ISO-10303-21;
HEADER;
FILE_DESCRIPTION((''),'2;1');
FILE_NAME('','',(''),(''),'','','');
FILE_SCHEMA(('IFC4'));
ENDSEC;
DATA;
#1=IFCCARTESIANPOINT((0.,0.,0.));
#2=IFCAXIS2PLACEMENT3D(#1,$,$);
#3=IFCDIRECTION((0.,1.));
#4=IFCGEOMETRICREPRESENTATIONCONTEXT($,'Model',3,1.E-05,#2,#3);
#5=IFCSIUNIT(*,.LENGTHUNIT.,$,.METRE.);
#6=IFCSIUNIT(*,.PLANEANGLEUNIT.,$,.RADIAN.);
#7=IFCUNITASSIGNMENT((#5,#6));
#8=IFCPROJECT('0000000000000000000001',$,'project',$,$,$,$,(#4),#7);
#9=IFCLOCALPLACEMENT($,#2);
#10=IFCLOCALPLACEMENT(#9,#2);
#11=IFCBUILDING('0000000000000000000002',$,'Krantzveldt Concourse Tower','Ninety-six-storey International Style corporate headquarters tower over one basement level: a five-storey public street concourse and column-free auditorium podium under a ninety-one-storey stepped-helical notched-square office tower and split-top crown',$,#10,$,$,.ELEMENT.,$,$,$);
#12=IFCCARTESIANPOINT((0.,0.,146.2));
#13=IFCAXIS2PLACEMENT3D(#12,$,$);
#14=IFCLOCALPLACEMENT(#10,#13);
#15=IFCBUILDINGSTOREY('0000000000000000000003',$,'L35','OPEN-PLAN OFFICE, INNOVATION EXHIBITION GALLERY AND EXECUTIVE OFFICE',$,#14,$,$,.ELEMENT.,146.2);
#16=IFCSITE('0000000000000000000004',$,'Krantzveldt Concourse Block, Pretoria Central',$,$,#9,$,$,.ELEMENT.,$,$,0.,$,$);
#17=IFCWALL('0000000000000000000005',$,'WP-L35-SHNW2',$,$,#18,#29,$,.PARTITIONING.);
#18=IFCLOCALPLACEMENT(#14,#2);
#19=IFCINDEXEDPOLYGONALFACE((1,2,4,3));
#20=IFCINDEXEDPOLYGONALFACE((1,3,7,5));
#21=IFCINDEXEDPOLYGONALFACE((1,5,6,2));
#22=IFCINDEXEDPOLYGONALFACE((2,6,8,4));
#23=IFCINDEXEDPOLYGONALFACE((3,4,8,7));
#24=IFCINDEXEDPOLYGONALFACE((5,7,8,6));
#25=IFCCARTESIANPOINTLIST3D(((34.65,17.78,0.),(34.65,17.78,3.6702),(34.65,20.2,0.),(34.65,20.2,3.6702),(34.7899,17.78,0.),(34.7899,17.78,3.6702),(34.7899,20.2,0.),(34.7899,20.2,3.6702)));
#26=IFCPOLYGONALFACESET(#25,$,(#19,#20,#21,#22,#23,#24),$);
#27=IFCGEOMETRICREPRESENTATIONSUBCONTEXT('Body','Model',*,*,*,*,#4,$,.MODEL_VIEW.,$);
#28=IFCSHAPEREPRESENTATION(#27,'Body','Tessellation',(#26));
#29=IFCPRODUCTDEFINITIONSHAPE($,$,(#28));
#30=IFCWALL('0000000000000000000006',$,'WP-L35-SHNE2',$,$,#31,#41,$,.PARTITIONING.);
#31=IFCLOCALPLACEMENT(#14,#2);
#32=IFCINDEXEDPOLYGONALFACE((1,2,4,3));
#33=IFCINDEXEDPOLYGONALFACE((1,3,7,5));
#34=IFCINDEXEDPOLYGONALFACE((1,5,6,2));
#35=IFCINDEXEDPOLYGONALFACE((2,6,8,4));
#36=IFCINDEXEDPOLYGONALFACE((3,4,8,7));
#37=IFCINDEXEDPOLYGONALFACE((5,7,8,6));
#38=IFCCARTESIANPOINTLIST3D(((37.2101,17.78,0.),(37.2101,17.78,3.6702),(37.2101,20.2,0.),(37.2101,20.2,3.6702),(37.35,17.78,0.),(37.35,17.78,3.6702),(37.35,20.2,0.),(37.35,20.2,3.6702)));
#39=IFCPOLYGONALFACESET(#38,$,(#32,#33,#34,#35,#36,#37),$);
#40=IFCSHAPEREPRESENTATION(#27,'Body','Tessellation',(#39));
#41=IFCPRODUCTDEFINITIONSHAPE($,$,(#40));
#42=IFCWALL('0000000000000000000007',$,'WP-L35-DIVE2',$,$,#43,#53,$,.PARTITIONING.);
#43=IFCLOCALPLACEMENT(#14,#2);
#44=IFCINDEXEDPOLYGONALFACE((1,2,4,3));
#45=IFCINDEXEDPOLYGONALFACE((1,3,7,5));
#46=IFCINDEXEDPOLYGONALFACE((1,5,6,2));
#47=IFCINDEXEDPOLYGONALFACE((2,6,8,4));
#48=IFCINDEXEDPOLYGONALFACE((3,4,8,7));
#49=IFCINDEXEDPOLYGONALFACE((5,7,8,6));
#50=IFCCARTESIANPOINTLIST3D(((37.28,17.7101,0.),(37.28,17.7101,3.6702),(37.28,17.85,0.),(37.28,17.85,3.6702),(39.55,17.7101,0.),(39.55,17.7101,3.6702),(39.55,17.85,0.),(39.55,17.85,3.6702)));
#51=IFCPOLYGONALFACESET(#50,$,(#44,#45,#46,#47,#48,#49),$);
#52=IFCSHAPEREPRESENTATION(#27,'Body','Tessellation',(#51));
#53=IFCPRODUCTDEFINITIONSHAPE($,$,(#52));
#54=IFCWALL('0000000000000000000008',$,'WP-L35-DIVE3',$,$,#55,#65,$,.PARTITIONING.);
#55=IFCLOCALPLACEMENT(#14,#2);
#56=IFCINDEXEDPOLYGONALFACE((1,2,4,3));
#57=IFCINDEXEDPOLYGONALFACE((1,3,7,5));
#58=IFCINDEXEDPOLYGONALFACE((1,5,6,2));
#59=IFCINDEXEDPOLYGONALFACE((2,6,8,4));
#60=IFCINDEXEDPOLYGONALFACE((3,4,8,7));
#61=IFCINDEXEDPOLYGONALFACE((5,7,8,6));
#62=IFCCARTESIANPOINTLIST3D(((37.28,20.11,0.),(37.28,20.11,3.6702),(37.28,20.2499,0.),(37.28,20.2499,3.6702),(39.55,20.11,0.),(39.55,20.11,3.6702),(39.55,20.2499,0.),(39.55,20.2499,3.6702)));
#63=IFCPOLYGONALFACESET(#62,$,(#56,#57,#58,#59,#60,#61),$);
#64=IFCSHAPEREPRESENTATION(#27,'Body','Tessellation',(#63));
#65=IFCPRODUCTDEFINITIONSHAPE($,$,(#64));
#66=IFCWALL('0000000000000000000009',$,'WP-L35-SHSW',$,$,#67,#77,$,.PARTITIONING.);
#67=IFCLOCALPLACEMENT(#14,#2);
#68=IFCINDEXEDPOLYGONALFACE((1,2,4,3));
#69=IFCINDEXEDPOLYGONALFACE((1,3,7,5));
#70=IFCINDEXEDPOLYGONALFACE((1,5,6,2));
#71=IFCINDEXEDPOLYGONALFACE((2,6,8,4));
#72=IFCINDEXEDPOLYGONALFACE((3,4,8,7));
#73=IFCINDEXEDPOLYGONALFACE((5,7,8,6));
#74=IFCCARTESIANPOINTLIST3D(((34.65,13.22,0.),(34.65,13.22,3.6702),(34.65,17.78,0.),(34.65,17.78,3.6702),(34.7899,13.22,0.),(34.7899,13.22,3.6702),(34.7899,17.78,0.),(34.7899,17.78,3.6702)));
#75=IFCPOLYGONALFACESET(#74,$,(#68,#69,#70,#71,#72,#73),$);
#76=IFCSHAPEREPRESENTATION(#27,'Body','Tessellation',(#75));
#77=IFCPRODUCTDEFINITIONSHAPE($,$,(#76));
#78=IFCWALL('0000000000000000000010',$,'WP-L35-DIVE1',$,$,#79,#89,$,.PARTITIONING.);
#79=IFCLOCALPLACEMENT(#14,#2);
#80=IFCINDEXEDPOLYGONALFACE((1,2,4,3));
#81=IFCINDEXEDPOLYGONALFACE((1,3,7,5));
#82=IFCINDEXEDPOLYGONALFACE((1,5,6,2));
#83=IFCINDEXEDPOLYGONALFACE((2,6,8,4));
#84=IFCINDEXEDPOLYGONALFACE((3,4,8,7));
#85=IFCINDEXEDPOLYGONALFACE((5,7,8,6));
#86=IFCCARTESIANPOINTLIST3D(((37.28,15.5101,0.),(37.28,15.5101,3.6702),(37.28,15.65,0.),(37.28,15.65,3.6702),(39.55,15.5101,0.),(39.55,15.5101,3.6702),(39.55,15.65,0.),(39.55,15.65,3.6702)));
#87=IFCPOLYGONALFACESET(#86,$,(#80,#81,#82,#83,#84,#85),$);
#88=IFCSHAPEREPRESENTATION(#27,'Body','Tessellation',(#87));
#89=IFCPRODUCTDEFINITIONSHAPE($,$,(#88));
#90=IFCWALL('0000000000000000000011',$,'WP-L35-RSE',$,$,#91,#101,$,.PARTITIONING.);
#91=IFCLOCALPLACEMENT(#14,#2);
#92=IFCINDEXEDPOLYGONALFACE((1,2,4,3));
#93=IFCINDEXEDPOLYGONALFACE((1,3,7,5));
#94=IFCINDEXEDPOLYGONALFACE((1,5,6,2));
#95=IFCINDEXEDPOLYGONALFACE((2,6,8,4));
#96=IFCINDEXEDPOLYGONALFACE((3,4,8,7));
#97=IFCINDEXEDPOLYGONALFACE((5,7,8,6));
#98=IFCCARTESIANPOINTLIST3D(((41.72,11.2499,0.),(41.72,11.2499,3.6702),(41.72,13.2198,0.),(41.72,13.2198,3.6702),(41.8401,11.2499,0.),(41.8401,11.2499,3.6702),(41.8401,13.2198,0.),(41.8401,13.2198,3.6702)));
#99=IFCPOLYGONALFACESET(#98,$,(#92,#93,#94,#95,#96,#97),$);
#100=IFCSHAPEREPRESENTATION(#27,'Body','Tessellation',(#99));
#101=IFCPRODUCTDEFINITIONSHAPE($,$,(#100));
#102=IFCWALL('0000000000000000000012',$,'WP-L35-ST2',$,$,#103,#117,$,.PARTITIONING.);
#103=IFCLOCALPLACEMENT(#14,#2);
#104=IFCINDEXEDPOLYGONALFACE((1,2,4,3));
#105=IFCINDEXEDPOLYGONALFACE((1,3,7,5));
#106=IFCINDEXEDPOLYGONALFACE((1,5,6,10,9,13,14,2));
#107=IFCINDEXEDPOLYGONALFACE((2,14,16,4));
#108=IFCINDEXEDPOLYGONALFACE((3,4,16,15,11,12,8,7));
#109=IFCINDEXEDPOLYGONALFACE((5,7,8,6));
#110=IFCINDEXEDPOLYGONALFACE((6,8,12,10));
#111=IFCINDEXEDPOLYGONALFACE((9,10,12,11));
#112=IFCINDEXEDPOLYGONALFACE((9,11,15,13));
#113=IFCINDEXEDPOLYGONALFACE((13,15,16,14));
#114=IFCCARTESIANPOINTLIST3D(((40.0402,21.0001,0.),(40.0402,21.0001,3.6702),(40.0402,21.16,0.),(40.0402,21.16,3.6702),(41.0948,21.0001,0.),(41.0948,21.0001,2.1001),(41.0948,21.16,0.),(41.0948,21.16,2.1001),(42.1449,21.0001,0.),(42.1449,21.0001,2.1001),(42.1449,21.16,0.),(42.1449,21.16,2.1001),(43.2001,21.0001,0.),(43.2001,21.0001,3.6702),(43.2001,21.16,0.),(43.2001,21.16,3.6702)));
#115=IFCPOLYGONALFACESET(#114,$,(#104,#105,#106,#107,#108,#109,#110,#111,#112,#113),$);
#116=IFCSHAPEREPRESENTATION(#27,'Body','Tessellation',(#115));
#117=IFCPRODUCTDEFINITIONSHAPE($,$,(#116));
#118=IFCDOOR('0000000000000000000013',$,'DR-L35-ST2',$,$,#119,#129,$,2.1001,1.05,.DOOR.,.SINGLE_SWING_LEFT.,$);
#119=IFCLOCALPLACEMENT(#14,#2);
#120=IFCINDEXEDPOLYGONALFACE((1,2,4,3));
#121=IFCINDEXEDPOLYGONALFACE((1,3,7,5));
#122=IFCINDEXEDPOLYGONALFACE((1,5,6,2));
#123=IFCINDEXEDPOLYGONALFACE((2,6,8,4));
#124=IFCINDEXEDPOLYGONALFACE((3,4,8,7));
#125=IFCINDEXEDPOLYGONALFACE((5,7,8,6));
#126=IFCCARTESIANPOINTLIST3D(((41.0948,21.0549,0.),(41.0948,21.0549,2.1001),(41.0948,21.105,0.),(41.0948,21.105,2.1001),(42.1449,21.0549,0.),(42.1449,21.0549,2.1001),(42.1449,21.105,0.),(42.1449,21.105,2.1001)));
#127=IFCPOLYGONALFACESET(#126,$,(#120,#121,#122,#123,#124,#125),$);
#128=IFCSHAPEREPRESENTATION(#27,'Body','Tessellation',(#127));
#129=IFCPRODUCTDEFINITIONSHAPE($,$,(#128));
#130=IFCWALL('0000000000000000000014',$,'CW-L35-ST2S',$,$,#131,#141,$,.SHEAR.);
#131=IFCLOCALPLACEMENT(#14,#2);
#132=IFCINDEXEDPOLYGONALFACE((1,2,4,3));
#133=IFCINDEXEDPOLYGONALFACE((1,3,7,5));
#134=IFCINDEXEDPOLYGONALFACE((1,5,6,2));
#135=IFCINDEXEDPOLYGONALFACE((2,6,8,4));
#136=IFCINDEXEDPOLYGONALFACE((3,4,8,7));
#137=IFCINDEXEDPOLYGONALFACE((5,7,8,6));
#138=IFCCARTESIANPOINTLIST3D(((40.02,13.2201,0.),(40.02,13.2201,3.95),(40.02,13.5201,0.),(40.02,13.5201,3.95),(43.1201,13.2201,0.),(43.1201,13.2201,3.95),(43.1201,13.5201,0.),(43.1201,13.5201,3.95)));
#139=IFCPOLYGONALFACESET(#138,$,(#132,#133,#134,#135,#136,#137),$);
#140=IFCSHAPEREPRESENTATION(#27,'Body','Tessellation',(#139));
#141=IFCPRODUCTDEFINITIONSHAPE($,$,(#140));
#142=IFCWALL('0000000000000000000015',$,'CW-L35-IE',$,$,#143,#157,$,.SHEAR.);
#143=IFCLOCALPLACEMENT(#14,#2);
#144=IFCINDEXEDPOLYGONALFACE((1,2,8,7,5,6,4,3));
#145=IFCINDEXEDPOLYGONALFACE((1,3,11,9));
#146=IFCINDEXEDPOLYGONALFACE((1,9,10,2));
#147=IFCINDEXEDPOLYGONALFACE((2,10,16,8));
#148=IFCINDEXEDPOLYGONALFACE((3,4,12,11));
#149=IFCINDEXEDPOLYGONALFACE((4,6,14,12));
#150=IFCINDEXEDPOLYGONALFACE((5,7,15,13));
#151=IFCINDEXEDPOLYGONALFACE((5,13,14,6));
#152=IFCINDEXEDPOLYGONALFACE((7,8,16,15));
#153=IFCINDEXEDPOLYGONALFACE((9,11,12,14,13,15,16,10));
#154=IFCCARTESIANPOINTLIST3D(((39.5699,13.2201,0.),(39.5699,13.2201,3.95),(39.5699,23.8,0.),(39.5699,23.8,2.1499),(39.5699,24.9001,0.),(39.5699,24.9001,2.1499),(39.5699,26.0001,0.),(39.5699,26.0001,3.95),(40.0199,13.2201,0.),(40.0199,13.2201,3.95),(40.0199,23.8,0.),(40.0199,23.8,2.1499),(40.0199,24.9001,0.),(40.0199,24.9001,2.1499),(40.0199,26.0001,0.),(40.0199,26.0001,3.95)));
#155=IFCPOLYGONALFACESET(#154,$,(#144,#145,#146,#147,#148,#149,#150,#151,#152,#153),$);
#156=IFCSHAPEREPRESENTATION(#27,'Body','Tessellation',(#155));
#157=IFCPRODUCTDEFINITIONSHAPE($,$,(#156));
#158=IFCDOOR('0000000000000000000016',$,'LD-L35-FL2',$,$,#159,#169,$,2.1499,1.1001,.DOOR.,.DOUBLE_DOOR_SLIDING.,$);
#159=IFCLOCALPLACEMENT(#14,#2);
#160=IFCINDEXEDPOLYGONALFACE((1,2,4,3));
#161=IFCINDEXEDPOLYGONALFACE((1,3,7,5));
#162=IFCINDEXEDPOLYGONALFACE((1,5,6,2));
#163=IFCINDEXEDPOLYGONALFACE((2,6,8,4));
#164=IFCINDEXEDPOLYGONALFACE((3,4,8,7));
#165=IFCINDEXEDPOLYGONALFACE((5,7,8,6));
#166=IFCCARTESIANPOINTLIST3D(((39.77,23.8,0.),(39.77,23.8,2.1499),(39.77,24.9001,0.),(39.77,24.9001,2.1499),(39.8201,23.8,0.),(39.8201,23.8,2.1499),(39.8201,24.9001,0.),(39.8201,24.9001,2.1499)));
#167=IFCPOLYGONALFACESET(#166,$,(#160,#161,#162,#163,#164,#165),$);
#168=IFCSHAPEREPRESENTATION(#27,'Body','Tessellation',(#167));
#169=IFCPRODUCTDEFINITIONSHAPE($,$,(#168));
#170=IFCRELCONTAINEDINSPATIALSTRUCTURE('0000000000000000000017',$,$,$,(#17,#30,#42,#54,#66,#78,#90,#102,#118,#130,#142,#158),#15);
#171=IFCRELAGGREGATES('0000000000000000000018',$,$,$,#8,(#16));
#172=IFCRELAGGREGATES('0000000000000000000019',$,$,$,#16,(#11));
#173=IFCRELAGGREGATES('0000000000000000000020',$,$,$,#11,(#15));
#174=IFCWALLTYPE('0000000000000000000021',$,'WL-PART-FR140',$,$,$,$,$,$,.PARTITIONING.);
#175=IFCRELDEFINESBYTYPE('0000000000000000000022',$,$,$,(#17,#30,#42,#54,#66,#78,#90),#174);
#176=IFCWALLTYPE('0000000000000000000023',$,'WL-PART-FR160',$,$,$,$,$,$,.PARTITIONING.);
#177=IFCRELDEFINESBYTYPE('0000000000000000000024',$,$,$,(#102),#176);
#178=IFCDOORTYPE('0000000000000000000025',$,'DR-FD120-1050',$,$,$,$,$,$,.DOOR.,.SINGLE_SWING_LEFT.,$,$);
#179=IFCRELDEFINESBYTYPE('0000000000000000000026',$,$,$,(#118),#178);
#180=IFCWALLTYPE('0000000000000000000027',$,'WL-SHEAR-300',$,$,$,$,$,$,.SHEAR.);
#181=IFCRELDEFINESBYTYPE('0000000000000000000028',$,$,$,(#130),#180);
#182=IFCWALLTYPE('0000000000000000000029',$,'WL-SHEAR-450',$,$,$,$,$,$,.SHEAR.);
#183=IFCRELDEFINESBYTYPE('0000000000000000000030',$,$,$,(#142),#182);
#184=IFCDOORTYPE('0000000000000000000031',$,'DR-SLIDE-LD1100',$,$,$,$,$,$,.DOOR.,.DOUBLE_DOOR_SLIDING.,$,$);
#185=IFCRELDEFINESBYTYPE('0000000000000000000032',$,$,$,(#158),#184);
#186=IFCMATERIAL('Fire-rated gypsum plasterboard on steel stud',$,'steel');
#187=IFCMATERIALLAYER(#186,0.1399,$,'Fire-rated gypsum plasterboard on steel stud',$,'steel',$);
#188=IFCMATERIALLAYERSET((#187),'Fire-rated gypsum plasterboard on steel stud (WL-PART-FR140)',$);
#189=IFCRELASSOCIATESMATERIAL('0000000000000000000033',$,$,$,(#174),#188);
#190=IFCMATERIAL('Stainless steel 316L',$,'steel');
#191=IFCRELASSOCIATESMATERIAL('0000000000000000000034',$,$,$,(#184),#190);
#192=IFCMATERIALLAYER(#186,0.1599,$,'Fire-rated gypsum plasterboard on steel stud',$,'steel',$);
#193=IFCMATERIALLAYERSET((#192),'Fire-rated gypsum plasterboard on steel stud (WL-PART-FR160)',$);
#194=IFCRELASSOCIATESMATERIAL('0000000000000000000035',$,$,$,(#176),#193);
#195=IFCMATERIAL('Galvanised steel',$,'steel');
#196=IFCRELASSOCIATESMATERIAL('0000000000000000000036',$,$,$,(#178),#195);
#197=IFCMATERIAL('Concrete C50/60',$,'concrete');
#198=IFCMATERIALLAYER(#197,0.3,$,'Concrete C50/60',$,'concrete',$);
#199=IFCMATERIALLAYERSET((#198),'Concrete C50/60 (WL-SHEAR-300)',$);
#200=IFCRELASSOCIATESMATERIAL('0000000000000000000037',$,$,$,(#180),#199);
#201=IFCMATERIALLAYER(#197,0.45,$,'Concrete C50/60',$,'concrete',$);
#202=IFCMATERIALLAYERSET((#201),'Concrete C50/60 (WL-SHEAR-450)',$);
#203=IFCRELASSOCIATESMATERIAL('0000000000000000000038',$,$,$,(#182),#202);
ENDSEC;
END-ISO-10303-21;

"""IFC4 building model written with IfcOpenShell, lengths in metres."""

from ifc_helpers import new_model, si_unit, direction, frame, frame_2d, origin, place, context, subcontext, project, spatial, rectangle, extrude, material, layer, layer_set, type_object, element, fill, save


model = new_model("IFC4")

# Units and contexts
model_context = context("Model", 3, precision=1e-05, world=origin(), true_north=direction((0.0, 1.0)))
body_context = subcontext(model_context, "Body", "Model", "MODEL_VIEW")
ifc_project = project(units=[si_unit("LENGTHUNIT", "METRE"), si_unit("PLANEANGLEUNIT", "RADIAN")], contexts=[model_context])

# Site, building, storey
site_placement = place(None, origin())
site = spatial("IfcSite", under=ifc_project, at=site_placement, Name="Krantzveldt Concourse Block, Pretoria Central", CompositionType="ELEMENT", RefElevation=0.0)
building_placement = place(site_placement, origin())
building = spatial("IfcBuilding", under=site, at=building_placement, Name="Krantzveldt Concourse Tower", Description="Ninety-six-storey International Style corporate headquarters tower over one basement level: a five-storey public street concourse and column-free auditorium podium under a ninety-one-storey stepped-helical notched-square office tower and split-top crown", CompositionType="ELEMENT")
storey_placement = place(building_placement, frame((0.0, 0.0, 146.2)))
storey = spatial("IfcBuildingStorey", under=building, at=storey_placement, Name="L35", Description="OPEN-PLAN OFFICE, INNOVATION EXHIBITION GALLERY AND EXECUTIVE OFFICE", CompositionType="ELEMENT", Elevation=146.2)

# Shared definitions
ifc_material_1 = material(Name="Fire-rated gypsum plasterboard on steel stud", Category="steel")

# Shared definitions
ifc_layer_1 = layer(ifc_material_1, 0.1399, Name="Fire-rated gypsum plasterboard on steel stud", Category="steel")
ifc_layer_set_1 = layer_set([ifc_layer_1], Name="Fire-rated gypsum plasterboard on steel stud (WL-PART-FR140)")
wall_type_1 = type_object("IfcWallType", Name="WL-PART-FR140", PredefinedType="PARTITIONING", material=ifc_layer_set_1)
ifc_material_2 = material(Name="Stainless steel 316L", Category="steel")
door_type_1 = type_object("IfcDoorType", Name="DR-SLIDE-LD1100", OperationType="DOUBLE_DOOR_SLIDING", PredefinedType="DOOR", material=ifc_material_2)

# Walls
for number, where, z_axis, x_axis, name in (
    (1, (34.72, 17.78, 0.0), (0.0, 0.0, 1.0), (0.0, 1.0, 0.0), "WP-L35-SHNW2"),
    (2, (37.28, 17.78, 0.0), (0.0, 0.0, 1.0), (0.0, 1.0, 0.0), "WP-L35-SHNE2"),
):
    element("IfcWall", number, at=place(storey_placement, frame(where, z_axis=z_axis, x_axis=x_axis)), inside=storey, type_object=wall_type_1, Name=name, PredefinedType="PARTITIONING", context=body_context, shape_type="SweptSolid", body=[
        extrude(rectangle(XDim=2.4199, YDim=0.1399, at=frame_2d((1.21, 0.0))), origin(), (0.0, 0.0, 1.0), 3.6702),
    ])
for number, where, z_axis, x_axis, name in (
    (3, (37.28, 17.78, 0.0), (0.0, 0.0, 1.0), (1.0, 0.0, 0.0), "WP-L35-DIVE2"),
    (4, (37.28, 20.1799, 0.0), (0.0, 0.0, 1.0), (1.0, 0.0, 0.0), "WP-L35-DIVE3"),
):
    element("IfcWall", number, at=place(storey_placement, frame(where, z_axis=z_axis, x_axis=x_axis)), inside=storey, type_object=wall_type_1, Name=name, PredefinedType="PARTITIONING", context=body_context, shape_type="SweptSolid", body=[
        extrude(rectangle(XDim=2.27, YDim=0.1399, at=frame_2d((1.135, 0.0))), origin(), (0.0, 0.0, 1.0), 3.6702),
    ])
wall_1_placement = place(storey_placement, frame((34.72, 13.22, 0.0), z_axis=(0.0, 0.0, 1.0), x_axis=(0.0, 1.0, 0.0)))
element("IfcWall", 5, at=wall_1_placement, inside=storey, type_object=wall_type_1, Name="WP-L35-SHSW", PredefinedType="PARTITIONING", context=body_context, shape_type="SweptSolid", body=[
    extrude(rectangle(XDim=4.5601, YDim=0.1399, at=frame_2d((2.28, 0.0))), origin(), (0.0, 0.0, 1.0), 3.6702),
])

# Walls
wall_2_placement = place(storey_placement, frame((37.28, 15.5801, 0.0), z_axis=(0.0, 0.0, 1.0), x_axis=(1.0, 0.0, 0.0)))
element("IfcWall", 6, at=wall_2_placement, inside=storey, type_object=wall_type_1, Name="WP-L35-DIVE1", PredefinedType="PARTITIONING", context=body_context, shape_type="SweptSolid", body=[
    extrude(rectangle(XDim=2.27, YDim=0.1399, at=frame_2d((1.135, 0.0))), origin(), (0.0, 0.0, 1.0), 3.6702),
])
wall_3_placement = place(storey_placement, frame((41.78, 11.25, 0.0), z_axis=(0.0, 0.0, 1.0), x_axis=(0.0, 1.0, 0.0)))
element("IfcWall", 7, at=wall_3_placement, inside=storey, type_object=wall_type_1, Name="WP-L35-RSE", PredefinedType="PARTITIONING", context=body_context, shape_type="SweptSolid", body=[
    extrude(rectangle(XDim=1.97, YDim=0.1201, at=frame_2d((0.9849, 0.0))), origin(), (0.0, 0.0, 1.0), 3.6702),
])

# Wall, opening, door
ifc_layer_2 = layer(ifc_material_1, 0.1599, Name="Fire-rated gypsum plasterboard on steel stud", Category="steel")
ifc_layer_set_2 = layer_set([ifc_layer_2], Name="Fire-rated gypsum plasterboard on steel stud (WL-PART-FR160)")
wall_type_2 = type_object("IfcWallType", Name="WL-PART-FR160", PredefinedType="PARTITIONING", material=ifc_layer_set_2)
wall_4_placement = place(storey_placement, frame((40.04, 21.0801, 0.0), z_axis=(0.0, 0.0, 1.0), x_axis=(1.0, 0.0, 0.0)))
wall_4 = element("IfcWall", 8, at=wall_4_placement, inside=storey, type_object=wall_type_2, Name="WP-L35-ST2", PredefinedType="PARTITIONING", context=body_context, shape_type="SweptSolid", body=[
    extrude(rectangle(XDim=3.1599, YDim=0.1599, at=frame_2d((1.5801, 0.0))), origin(), (0.0, 0.0, 1.0), 3.6702),
])
opening_1_placement = place(wall_4_placement, frame((1.0549, 0.0, 0.0)))
opening_1 = element("IfcOpeningElement", 9, at=opening_1_placement, cuts=wall_4, PredefinedType="OPENING", context=body_context, shape_type="SweptSolid", body=[
    extrude(rectangle(XDim=1.05, YDim=2.1001, at=frame_2d((0.5249, 1.05))), frame((0.0, 0.0898, 0.0), z_axis=(0.0, -1.0, 0.0), x_axis=(1.0, 0.0, 0.0)), (0.0, 0.0, 1.0), 0.1799),
])
ifc_material_3 = material(Name="Galvanised steel", Category="steel")
door_type_2 = type_object("IfcDoorType", Name="DR-FD120-1050", OperationType="SINGLE_SWING_LEFT", PredefinedType="DOOR", material=ifc_material_3)
door_1_placement = place(opening_1_placement, origin())
door_1 = element("IfcDoor", 10, at=door_1_placement, inside=storey, type_object=door_type_2, Name="DR-L35-ST2", OperationType="SINGLE_SWING_LEFT", OverallHeight=2.1001, OverallWidth=1.05, PredefinedType="DOOR", context=body_context, shape_type="SweptSolid", body=[
    extrude(rectangle(XDim=1.05, YDim=2.1001, at=frame_2d((0.5249, 1.05))), frame((0.0, 0.0249, 0.0), z_axis=(0.0, -1.0, 0.0), x_axis=(1.0, 0.0, 0.0)), (0.0, 0.0, 1.0), 0.05),
])
fill(opening_1, door_1)

# Wall
ifc_material_4 = material(Name="Concrete C50/60", Category="concrete")
ifc_layer_3 = layer(ifc_material_4, 0.3, Name="Concrete C50/60", Category="concrete")
ifc_layer_set_3 = layer_set([ifc_layer_3], Name="Concrete C50/60 (WL-SHEAR-300)")
wall_type_3 = type_object("IfcWallType", Name="WL-SHEAR-300", PredefinedType="SHEAR", material=ifc_layer_set_3)
wall_5_placement = place(storey_placement, frame((40.02, 13.3701, 0.0), z_axis=(0.0, 0.0, 1.0), x_axis=(1.0, 0.0, 0.0)))
element("IfcWall", 11, at=wall_5_placement, inside=storey, type_object=wall_type_3, Name="CW-L35-ST2S", PredefinedType="SHEAR", context=body_context, shape_type="SweptSolid", body=[
    extrude(rectangle(XDim=3.1001, YDim=0.3, at=frame_2d((1.55, 0.0))), origin(), (0.0, 0.0, 1.0), 3.95),
])

# Wall, opening, door
ifc_layer_4 = layer(ifc_material_4, 0.45, Name="Concrete C50/60", Category="concrete")
ifc_layer_set_4 = layer_set([ifc_layer_4], Name="Concrete C50/60 (WL-SHEAR-450)")
wall_type_4 = type_object("IfcWallType", Name="WL-SHEAR-450", PredefinedType="SHEAR", material=ifc_layer_set_4)
wall_6_placement = place(storey_placement, frame((39.7949, 13.22, 0.0), z_axis=(0.0, 0.0, 1.0), x_axis=(0.0, 1.0, 0.0)))
wall_6 = element("IfcWall", 12, at=wall_6_placement, inside=storey, type_object=wall_type_4, Name="CW-L35-IE", PredefinedType="SHEAR", context=body_context, shape_type="SweptSolid", body=[
    extrude(rectangle(XDim=12.78, YDim=0.45, at=frame_2d((6.3901, 0.0))), origin(), (0.0, 0.0, 1.0), 3.95),
])
opening_2_placement = place(wall_6_placement, frame((10.5801, 0.0, 0.0)))
opening_2 = element("IfcOpeningElement", 13, at=opening_2_placement, cuts=wall_6, PredefinedType="OPENING", context=body_context, shape_type="SweptSolid", body=[
    extrude(rectangle(XDim=1.1001, YDim=2.1499, at=frame_2d((0.55, 1.075))), frame((0.0, 0.2349, 0.0), z_axis=(0.0, -1.0, 0.0), x_axis=(1.0, 0.0, 0.0)), (0.0, 0.0, 1.0), 0.47),
])
door_2_placement = place(opening_2_placement, origin())
door_2 = element("IfcDoor", 14, at=door_2_placement, inside=storey, type_object=door_type_1, Name="LD-L35-FL2", OperationType="DOUBLE_DOOR_SLIDING", OverallHeight=2.1499, OverallWidth=1.1001, PredefinedType="DOOR", context=body_context, shape_type="SweptSolid", body=[
    extrude(rectangle(XDim=1.1001, YDim=2.1499, at=frame_2d((0.55, 1.075))), frame((0.0, 0.0249, 0.0), z_axis=(0.0, -1.0, 0.0), x_axis=(1.0, 0.0, 0.0)), (0.0, 0.0, 1.0), 0.05),
])
fill(opening_2, door_2)

save(model, "model.ifc")
